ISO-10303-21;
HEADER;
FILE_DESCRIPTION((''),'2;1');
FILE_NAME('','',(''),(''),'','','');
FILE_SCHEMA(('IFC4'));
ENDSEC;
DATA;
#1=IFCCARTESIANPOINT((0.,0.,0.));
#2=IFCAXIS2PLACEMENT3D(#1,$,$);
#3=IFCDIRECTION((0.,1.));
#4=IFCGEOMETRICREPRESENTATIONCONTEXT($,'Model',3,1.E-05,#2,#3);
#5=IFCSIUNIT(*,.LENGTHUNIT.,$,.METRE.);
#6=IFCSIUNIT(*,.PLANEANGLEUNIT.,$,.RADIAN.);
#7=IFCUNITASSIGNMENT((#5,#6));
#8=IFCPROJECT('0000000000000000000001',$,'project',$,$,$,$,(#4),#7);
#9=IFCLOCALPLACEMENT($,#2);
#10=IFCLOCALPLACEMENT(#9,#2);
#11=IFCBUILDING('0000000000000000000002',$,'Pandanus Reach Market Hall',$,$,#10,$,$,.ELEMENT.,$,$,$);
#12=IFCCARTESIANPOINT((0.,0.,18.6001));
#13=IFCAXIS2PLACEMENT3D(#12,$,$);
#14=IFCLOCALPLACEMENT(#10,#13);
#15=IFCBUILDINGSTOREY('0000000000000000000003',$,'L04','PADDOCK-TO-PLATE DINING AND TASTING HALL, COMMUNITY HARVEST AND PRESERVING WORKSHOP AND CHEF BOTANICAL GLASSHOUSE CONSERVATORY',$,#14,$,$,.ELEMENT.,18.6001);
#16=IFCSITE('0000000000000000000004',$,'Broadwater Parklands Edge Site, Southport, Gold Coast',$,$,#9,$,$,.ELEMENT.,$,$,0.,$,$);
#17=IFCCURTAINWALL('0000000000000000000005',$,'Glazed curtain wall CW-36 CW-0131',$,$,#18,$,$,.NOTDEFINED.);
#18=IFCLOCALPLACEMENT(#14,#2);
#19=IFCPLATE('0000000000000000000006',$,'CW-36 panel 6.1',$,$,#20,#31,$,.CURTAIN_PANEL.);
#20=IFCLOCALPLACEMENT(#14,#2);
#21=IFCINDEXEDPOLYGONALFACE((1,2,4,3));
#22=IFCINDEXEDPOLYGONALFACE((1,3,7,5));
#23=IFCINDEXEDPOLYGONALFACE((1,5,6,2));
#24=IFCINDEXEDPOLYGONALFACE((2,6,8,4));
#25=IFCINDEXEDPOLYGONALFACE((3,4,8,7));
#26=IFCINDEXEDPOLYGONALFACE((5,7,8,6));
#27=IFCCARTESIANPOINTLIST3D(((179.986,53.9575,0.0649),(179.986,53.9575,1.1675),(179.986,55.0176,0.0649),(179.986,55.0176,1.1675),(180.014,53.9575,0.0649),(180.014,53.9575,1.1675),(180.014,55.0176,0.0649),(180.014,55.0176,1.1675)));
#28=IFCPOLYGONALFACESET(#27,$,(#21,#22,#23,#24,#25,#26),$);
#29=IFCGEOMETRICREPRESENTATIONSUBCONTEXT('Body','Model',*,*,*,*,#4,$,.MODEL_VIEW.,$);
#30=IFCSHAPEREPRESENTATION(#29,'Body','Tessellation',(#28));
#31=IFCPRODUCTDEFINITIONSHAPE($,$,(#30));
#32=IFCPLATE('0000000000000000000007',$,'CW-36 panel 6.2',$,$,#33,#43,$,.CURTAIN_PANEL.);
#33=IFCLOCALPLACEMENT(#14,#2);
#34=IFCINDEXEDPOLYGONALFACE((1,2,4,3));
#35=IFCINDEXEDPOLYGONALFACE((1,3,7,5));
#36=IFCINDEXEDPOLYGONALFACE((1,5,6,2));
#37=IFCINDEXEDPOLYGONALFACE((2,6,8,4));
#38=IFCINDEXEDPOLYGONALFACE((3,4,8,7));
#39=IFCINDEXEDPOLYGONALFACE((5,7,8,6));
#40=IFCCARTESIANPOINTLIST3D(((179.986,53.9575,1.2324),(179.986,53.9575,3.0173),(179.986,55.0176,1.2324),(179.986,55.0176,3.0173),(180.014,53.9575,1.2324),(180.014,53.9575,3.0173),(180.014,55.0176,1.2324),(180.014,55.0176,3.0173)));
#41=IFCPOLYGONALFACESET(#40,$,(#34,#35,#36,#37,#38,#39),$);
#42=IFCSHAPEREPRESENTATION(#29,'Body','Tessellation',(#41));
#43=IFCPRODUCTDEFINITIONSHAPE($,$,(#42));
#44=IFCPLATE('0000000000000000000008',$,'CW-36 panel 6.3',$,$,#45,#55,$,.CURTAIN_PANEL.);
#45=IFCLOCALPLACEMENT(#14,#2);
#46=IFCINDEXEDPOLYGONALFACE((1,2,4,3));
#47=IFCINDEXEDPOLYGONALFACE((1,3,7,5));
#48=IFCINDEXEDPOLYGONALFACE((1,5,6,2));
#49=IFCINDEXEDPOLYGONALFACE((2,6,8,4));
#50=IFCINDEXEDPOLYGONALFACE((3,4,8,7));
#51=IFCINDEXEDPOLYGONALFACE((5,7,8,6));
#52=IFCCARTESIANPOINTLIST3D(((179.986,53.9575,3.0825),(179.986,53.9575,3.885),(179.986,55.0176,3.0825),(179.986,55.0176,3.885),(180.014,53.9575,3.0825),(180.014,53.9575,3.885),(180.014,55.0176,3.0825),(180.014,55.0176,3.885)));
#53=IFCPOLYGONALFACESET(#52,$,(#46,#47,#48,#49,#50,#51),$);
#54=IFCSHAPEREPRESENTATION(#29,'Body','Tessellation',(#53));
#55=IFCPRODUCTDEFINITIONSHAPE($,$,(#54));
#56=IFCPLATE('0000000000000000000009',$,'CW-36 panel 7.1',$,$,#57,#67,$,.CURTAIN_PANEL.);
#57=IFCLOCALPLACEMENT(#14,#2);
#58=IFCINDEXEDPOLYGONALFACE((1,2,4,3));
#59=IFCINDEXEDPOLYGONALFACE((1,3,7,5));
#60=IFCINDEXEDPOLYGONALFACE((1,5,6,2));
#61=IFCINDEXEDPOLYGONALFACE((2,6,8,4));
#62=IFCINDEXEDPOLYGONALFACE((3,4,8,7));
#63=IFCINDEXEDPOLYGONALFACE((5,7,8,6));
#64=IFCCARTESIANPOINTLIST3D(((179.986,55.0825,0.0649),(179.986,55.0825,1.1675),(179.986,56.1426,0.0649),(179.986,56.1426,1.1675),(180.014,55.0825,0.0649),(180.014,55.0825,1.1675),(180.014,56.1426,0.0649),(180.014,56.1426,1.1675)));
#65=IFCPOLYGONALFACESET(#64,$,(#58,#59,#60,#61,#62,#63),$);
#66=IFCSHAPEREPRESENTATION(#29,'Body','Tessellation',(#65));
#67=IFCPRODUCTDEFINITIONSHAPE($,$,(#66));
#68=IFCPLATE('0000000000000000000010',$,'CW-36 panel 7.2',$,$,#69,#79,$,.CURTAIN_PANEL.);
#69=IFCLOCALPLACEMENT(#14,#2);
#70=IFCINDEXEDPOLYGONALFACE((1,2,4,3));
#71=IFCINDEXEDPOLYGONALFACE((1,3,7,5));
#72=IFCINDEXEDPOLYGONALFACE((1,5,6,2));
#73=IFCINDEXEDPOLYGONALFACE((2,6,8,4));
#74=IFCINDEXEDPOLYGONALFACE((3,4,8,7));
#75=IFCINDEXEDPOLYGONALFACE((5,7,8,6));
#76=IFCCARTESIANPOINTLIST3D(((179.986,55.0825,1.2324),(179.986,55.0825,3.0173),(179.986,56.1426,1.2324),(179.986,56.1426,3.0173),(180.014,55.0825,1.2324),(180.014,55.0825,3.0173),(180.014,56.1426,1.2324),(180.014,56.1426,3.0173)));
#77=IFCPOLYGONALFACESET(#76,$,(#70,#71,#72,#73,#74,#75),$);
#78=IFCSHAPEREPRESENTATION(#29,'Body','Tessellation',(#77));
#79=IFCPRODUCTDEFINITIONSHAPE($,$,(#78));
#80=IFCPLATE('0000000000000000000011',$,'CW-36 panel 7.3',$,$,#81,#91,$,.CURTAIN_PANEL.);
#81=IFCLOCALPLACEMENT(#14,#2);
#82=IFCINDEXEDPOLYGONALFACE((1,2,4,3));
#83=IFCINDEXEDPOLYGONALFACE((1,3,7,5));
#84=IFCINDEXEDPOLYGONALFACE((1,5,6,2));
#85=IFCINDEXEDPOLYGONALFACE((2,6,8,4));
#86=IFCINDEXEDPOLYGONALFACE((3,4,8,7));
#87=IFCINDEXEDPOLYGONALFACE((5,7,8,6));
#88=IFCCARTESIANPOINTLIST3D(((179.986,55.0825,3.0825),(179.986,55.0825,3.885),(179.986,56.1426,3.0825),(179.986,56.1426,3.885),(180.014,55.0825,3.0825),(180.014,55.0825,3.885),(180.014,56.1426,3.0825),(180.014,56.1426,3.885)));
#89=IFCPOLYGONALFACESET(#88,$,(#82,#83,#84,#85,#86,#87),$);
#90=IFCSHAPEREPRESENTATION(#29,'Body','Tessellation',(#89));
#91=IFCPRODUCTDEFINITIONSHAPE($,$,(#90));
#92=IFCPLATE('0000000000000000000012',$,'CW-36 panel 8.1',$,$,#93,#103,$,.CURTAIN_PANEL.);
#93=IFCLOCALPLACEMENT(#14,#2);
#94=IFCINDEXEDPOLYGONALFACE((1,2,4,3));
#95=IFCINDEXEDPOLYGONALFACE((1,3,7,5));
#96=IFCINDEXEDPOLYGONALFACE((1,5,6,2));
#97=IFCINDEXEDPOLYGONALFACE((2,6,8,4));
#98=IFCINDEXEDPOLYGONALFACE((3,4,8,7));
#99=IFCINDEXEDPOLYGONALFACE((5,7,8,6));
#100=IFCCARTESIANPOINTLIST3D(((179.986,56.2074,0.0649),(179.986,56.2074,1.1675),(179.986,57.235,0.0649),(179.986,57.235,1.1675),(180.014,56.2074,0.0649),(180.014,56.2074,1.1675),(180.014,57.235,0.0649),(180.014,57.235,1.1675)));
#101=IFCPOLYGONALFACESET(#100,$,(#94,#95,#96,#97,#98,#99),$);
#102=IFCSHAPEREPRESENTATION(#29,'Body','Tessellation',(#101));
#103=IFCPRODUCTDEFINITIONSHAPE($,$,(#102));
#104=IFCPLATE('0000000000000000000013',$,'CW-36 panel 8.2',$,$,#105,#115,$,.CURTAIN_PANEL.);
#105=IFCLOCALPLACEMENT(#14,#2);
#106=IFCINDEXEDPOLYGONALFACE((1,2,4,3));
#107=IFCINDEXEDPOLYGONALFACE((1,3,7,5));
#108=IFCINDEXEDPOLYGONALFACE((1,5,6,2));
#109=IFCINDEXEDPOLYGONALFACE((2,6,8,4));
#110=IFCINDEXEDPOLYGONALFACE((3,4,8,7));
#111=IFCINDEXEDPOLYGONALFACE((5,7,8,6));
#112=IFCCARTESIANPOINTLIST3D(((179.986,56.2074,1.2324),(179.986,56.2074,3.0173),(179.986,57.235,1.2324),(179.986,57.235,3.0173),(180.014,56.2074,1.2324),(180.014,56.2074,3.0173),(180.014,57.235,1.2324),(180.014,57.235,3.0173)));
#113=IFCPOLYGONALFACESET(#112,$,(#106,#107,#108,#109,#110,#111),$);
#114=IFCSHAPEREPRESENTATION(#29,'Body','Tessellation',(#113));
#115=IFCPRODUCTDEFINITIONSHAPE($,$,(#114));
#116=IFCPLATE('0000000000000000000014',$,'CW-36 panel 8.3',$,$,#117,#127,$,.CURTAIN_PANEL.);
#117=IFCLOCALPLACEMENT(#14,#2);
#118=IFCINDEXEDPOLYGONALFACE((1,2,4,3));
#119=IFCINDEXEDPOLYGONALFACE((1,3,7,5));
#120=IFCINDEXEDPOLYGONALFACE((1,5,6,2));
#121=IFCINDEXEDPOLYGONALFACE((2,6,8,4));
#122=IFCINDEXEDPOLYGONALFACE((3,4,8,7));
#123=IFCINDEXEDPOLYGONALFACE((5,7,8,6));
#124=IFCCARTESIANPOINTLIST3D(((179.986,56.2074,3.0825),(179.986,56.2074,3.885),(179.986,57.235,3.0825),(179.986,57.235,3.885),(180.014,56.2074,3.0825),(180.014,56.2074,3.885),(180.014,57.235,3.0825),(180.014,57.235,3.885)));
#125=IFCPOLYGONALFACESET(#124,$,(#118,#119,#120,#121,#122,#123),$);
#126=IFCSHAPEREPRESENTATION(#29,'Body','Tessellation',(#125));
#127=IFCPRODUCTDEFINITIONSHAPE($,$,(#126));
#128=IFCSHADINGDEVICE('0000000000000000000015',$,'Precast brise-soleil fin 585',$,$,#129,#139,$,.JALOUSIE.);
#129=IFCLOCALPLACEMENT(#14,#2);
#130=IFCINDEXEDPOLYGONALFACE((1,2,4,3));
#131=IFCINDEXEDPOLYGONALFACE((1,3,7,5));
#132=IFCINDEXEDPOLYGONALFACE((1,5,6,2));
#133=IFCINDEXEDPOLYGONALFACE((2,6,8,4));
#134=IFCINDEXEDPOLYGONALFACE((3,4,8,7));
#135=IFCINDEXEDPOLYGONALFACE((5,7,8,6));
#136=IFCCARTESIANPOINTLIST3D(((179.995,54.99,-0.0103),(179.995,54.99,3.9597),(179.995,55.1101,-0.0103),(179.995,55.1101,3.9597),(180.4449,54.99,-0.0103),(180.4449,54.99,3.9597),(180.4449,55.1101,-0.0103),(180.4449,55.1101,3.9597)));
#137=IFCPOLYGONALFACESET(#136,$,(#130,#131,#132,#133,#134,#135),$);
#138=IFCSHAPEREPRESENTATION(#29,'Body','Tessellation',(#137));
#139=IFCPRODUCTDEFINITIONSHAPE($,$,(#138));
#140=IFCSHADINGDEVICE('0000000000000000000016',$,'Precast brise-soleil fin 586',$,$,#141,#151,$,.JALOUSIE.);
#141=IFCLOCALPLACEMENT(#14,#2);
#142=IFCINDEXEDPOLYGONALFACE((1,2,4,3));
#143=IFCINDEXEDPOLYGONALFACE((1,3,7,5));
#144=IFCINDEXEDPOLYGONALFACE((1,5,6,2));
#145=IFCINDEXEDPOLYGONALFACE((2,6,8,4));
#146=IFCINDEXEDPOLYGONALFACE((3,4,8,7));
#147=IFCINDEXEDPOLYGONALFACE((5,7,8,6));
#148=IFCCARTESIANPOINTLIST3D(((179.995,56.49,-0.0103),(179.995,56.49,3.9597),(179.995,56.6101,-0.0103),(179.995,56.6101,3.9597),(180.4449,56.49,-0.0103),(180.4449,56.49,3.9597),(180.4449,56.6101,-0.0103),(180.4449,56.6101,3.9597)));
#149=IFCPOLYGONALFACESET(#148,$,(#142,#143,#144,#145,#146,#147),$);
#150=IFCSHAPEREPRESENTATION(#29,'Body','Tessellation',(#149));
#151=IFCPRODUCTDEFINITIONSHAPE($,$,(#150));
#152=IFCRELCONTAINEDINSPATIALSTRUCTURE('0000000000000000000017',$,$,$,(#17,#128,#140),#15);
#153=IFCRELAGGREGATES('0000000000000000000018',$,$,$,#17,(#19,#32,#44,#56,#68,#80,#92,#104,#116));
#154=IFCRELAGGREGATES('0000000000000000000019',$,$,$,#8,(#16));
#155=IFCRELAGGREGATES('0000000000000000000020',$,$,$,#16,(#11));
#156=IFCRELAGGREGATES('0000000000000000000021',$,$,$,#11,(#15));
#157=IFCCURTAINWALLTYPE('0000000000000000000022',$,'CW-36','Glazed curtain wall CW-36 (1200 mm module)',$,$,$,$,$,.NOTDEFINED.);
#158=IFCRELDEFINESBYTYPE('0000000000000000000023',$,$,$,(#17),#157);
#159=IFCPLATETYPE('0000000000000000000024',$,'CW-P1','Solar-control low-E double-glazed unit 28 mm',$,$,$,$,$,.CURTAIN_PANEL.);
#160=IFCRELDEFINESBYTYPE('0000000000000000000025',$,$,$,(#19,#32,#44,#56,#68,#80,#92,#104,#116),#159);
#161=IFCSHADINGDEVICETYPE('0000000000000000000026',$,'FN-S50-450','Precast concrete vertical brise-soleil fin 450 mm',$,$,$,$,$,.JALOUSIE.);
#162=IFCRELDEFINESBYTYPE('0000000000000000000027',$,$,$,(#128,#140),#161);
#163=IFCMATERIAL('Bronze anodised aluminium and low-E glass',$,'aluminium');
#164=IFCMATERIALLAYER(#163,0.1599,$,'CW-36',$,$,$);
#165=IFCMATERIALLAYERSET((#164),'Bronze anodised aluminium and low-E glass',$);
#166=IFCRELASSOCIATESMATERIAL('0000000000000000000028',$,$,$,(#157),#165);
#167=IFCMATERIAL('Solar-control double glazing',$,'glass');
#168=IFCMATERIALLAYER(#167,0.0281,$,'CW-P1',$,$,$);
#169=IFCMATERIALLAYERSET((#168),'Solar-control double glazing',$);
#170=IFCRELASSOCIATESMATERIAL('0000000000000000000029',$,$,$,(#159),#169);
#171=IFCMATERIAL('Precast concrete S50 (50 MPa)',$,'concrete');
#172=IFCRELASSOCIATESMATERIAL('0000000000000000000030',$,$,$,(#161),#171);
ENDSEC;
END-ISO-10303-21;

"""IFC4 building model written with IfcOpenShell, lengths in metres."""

from ifc_helpers import new_model, si_unit, direction, frame, origin, origin_2d, place, context, subcontext, project, spatial, rectangle, extrude, material, layer, layer_set, type_object, element, aggregate, save


model = new_model("IFC4")

# Units and contexts
model_context = context("Model", 3, precision=1e-05, world=origin(), true_north=direction((0.0, 1.0)))
body_context = subcontext(model_context, "Body", "Model", "MODEL_VIEW")
ifc_project = project(units=[si_unit("LENGTHUNIT", "METRE"), si_unit("PLANEANGLEUNIT", "RADIAN")], contexts=[model_context])

# Site, building, storey
site_placement = place(None, origin())
site = spatial("IfcSite", under=ifc_project, at=site_placement, Name="Broadwater Parklands Edge Site, Southport, Gold Coast", CompositionType="ELEMENT", RefElevation=0.0)
building_placement = place(site_placement, origin())
building = spatial("IfcBuilding", under=site, at=building_placement, Name="Pandanus Reach Market Hall", CompositionType="ELEMENT")
storey_placement = place(building_placement, frame((0.0, 0.0, 18.6001)))
storey = spatial("IfcBuildingStorey", under=building, at=storey_placement, Name="L04", Description="PADDOCK-TO-PLATE DINING AND TASTING HALL, COMMUNITY HARVEST AND PRESERVING WORKSHOP AND CHEF BOTANICAL GLASSHOUSE CONSERVATORY", CompositionType="ELEMENT", Elevation=18.6001)

# Curtain wall, plates
ifc_material_1 = material(Name="Bronze anodised aluminium and low-E glass", Category="aluminium")
ifc_layer_1 = layer(ifc_material_1, 0.1599, Name="CW-36")
ifc_layer_set_1 = layer_set([ifc_layer_1], Name="Bronze anodised aluminium and low-E glass")
curtain_wall_type = type_object("IfcCurtainWallType", Name="CW-36", Description="Glazed curtain wall CW-36 (1200 mm module)", PredefinedType="NOTDEFINED", material=ifc_layer_set_1)
curtain_wall_placement = place(storey_placement, origin())
curtain_wall = element("IfcCurtainWall", 1, at=curtain_wall_placement, inside=storey, type_object=curtain_wall_type, Name="Glazed curtain wall CW-36 CW-0131", PredefinedType="NOTDEFINED")
ifc_material_2 = material(Name="Solar-control double glazing", Category="glass")
ifc_layer_2 = layer(ifc_material_2, 0.0281, Name="CW-P1")
ifc_layer_set_2 = layer_set([ifc_layer_2], Name="Solar-control double glazing")
plate_type = type_object("IfcPlateType", Name="CW-P1", Description="Solar-control low-E double-glazed unit 28 mm", PredefinedType="CURTAIN_PANEL", material=ifc_layer_set_2)
plate_1_placement = place(storey_placement, frame((180.0, 54.4875, 0.0649), z_axis=(0.0, 0.0, 1.0), x_axis=(0.0, 1.0, 0.0)))
plate_1 = element("IfcPlate", 2, at=plate_1_placement, type_object=plate_type, Name="CW-36 panel 6.1", PredefinedType="CURTAIN_PANEL", context=body_context, shape_type="SweptSolid", body=[
    extrude(rectangle(XDim=1.0601, YDim=0.0281, at=origin_2d()), origin(), (0.0, 0.0, 1.0), 1.1025),
])
plate_2_placement = place(storey_placement, frame((180.0, 54.4875, 1.2324), z_axis=(0.0, 0.0, 1.0), x_axis=(0.0, 1.0, 0.0)))
plate_2 = element("IfcPlate", 3, at=plate_2_placement, type_object=plate_type, Name="CW-36 panel 6.2", PredefinedType="CURTAIN_PANEL", context=body_context, shape_type="SweptSolid", body=[
    extrude(rectangle(XDim=1.0601, YDim=0.0281, at=origin_2d()), origin(), (0.0, 0.0, 1.0), 1.7849),
])
plate_3_placement = place(storey_placement, frame((180.0, 54.4875, 3.0825), z_axis=(0.0, 0.0, 1.0), x_axis=(0.0, 1.0, 0.0)))
plate_3 = element("IfcPlate", 4, at=plate_3_placement, type_object=plate_type, Name="CW-36 panel 6.3", PredefinedType="CURTAIN_PANEL", context=body_context, shape_type="SweptSolid", body=[
    extrude(rectangle(XDim=1.0601, YDim=0.0281, at=origin_2d()), origin(), (0.0, 0.0, 1.0), 0.8025),
])
plate_4_placement = place(storey_placement, frame((180.0, 55.6125, 0.0649), z_axis=(0.0, 0.0, 1.0), x_axis=(0.0, 1.0, 0.0)))
plate_4 = element("IfcPlate", 5, at=plate_4_placement, type_object=plate_type, Name="CW-36 panel 7.1", PredefinedType="CURTAIN_PANEL", context=body_context, shape_type="SweptSolid", body=[
    extrude(rectangle(XDim=1.0601, YDim=0.0281, at=origin_2d()), origin(), (0.0, 0.0, 1.0), 1.1025),
])
plate_5_placement = place(storey_placement, frame((180.0, 55.6125, 1.2324), z_axis=(0.0, 0.0, 1.0), x_axis=(0.0, 1.0, 0.0)))
plate_5 = element("IfcPlate", 6, at=plate_5_placement, type_object=plate_type, Name="CW-36 panel 7.2", PredefinedType="CURTAIN_PANEL", context=body_context, shape_type="SweptSolid", body=[
    extrude(rectangle(XDim=1.0601, YDim=0.0281, at=origin_2d()), origin(), (0.0, 0.0, 1.0), 1.7849),
])
plate_6_placement = place(storey_placement, frame((180.0, 55.6125, 3.0825), z_axis=(0.0, 0.0, 1.0), x_axis=(0.0, 1.0, 0.0)))
plate_6 = element("IfcPlate", 7, at=plate_6_placement, type_object=plate_type, Name="CW-36 panel 7.3", PredefinedType="CURTAIN_PANEL", context=body_context, shape_type="SweptSolid", body=[
    extrude(rectangle(XDim=1.0601, YDim=0.0281, at=origin_2d()), origin(), (0.0, 0.0, 1.0), 0.8025),
])
plate_7_placement = place(storey_placement, frame((180.0, 56.7212, 0.0649), z_axis=(0.0, 0.0, 1.0), x_axis=(0.0, 1.0, 0.0)))
plate_7 = element("IfcPlate", 8, at=plate_7_placement, type_object=plate_type, Name="CW-36 panel 8.1", PredefinedType="CURTAIN_PANEL", context=body_context, shape_type="SweptSolid", body=[
    extrude(rectangle(XDim=1.0276, YDim=0.0281, at=origin_2d()), origin(), (0.0, 0.0, 1.0), 1.1025),
])
plate_8_placement = place(storey_placement, frame((180.0, 56.7212, 1.2324), z_axis=(0.0, 0.0, 1.0), x_axis=(0.0, 1.0, 0.0)))
plate_8 = element("IfcPlate", 9, at=plate_8_placement, type_object=plate_type, Name="CW-36 panel 8.2", PredefinedType="CURTAIN_PANEL", context=body_context, shape_type="SweptSolid", body=[
    extrude(rectangle(XDim=1.0276, YDim=0.0281, at=origin_2d()), origin(), (0.0, 0.0, 1.0), 1.7849),
])
plate_9_placement = place(storey_placement, frame((180.0, 56.7212, 3.0825), z_axis=(0.0, 0.0, 1.0), x_axis=(0.0, 1.0, 0.0)))
plate_9 = element("IfcPlate", 10, at=plate_9_placement, type_object=plate_type, Name="CW-36 panel 8.3", PredefinedType="CURTAIN_PANEL", context=body_context, shape_type="SweptSolid", body=[
    extrude(rectangle(XDim=1.0276, YDim=0.0281, at=origin_2d()), origin(), (0.0, 0.0, 1.0), 0.8025),
])
aggregate(curtain_wall, [plate_1, plate_2, plate_3, plate_4, plate_5, plate_6, plate_7, plate_8, plate_9])

# Shading devices
ifc_material_3 = material(Name="Precast concrete S50 (50 MPa)", Category="concrete")
shading_device_type = type_object("IfcShadingDeviceType", Name="FN-S50-450", Description="Precast concrete vertical brise-soleil fin 450 mm", PredefinedType="JALOUSIE", material=ifc_material_3)
for number, where, z_axis, x_axis, name in (
    (11, (180.22, 55.05, -0.0103), (0.0, 0.0, 1.0), (1.0, 0.0, 0.0), "Precast brise-soleil fin 585"),
    (12, (180.22, 56.55, -0.0103), (0.0, 0.0, 1.0), (1.0, 0.0, 0.0), "Precast brise-soleil fin 586"),
):
    element("IfcShadingDevice", number, at=place(storey_placement, frame(where, z_axis=z_axis, x_axis=x_axis)), inside=storey, type_object=shading_device_type, Name=name, PredefinedType="JALOUSIE", context=body_context, shape_type="SweptSolid", body=[
        extrude(rectangle(XDim=0.45, YDim=0.1201, at=origin_2d()), origin(), (0.0, 0.0, 1.0), 3.97),
    ])

save(model, "model.ifc")
